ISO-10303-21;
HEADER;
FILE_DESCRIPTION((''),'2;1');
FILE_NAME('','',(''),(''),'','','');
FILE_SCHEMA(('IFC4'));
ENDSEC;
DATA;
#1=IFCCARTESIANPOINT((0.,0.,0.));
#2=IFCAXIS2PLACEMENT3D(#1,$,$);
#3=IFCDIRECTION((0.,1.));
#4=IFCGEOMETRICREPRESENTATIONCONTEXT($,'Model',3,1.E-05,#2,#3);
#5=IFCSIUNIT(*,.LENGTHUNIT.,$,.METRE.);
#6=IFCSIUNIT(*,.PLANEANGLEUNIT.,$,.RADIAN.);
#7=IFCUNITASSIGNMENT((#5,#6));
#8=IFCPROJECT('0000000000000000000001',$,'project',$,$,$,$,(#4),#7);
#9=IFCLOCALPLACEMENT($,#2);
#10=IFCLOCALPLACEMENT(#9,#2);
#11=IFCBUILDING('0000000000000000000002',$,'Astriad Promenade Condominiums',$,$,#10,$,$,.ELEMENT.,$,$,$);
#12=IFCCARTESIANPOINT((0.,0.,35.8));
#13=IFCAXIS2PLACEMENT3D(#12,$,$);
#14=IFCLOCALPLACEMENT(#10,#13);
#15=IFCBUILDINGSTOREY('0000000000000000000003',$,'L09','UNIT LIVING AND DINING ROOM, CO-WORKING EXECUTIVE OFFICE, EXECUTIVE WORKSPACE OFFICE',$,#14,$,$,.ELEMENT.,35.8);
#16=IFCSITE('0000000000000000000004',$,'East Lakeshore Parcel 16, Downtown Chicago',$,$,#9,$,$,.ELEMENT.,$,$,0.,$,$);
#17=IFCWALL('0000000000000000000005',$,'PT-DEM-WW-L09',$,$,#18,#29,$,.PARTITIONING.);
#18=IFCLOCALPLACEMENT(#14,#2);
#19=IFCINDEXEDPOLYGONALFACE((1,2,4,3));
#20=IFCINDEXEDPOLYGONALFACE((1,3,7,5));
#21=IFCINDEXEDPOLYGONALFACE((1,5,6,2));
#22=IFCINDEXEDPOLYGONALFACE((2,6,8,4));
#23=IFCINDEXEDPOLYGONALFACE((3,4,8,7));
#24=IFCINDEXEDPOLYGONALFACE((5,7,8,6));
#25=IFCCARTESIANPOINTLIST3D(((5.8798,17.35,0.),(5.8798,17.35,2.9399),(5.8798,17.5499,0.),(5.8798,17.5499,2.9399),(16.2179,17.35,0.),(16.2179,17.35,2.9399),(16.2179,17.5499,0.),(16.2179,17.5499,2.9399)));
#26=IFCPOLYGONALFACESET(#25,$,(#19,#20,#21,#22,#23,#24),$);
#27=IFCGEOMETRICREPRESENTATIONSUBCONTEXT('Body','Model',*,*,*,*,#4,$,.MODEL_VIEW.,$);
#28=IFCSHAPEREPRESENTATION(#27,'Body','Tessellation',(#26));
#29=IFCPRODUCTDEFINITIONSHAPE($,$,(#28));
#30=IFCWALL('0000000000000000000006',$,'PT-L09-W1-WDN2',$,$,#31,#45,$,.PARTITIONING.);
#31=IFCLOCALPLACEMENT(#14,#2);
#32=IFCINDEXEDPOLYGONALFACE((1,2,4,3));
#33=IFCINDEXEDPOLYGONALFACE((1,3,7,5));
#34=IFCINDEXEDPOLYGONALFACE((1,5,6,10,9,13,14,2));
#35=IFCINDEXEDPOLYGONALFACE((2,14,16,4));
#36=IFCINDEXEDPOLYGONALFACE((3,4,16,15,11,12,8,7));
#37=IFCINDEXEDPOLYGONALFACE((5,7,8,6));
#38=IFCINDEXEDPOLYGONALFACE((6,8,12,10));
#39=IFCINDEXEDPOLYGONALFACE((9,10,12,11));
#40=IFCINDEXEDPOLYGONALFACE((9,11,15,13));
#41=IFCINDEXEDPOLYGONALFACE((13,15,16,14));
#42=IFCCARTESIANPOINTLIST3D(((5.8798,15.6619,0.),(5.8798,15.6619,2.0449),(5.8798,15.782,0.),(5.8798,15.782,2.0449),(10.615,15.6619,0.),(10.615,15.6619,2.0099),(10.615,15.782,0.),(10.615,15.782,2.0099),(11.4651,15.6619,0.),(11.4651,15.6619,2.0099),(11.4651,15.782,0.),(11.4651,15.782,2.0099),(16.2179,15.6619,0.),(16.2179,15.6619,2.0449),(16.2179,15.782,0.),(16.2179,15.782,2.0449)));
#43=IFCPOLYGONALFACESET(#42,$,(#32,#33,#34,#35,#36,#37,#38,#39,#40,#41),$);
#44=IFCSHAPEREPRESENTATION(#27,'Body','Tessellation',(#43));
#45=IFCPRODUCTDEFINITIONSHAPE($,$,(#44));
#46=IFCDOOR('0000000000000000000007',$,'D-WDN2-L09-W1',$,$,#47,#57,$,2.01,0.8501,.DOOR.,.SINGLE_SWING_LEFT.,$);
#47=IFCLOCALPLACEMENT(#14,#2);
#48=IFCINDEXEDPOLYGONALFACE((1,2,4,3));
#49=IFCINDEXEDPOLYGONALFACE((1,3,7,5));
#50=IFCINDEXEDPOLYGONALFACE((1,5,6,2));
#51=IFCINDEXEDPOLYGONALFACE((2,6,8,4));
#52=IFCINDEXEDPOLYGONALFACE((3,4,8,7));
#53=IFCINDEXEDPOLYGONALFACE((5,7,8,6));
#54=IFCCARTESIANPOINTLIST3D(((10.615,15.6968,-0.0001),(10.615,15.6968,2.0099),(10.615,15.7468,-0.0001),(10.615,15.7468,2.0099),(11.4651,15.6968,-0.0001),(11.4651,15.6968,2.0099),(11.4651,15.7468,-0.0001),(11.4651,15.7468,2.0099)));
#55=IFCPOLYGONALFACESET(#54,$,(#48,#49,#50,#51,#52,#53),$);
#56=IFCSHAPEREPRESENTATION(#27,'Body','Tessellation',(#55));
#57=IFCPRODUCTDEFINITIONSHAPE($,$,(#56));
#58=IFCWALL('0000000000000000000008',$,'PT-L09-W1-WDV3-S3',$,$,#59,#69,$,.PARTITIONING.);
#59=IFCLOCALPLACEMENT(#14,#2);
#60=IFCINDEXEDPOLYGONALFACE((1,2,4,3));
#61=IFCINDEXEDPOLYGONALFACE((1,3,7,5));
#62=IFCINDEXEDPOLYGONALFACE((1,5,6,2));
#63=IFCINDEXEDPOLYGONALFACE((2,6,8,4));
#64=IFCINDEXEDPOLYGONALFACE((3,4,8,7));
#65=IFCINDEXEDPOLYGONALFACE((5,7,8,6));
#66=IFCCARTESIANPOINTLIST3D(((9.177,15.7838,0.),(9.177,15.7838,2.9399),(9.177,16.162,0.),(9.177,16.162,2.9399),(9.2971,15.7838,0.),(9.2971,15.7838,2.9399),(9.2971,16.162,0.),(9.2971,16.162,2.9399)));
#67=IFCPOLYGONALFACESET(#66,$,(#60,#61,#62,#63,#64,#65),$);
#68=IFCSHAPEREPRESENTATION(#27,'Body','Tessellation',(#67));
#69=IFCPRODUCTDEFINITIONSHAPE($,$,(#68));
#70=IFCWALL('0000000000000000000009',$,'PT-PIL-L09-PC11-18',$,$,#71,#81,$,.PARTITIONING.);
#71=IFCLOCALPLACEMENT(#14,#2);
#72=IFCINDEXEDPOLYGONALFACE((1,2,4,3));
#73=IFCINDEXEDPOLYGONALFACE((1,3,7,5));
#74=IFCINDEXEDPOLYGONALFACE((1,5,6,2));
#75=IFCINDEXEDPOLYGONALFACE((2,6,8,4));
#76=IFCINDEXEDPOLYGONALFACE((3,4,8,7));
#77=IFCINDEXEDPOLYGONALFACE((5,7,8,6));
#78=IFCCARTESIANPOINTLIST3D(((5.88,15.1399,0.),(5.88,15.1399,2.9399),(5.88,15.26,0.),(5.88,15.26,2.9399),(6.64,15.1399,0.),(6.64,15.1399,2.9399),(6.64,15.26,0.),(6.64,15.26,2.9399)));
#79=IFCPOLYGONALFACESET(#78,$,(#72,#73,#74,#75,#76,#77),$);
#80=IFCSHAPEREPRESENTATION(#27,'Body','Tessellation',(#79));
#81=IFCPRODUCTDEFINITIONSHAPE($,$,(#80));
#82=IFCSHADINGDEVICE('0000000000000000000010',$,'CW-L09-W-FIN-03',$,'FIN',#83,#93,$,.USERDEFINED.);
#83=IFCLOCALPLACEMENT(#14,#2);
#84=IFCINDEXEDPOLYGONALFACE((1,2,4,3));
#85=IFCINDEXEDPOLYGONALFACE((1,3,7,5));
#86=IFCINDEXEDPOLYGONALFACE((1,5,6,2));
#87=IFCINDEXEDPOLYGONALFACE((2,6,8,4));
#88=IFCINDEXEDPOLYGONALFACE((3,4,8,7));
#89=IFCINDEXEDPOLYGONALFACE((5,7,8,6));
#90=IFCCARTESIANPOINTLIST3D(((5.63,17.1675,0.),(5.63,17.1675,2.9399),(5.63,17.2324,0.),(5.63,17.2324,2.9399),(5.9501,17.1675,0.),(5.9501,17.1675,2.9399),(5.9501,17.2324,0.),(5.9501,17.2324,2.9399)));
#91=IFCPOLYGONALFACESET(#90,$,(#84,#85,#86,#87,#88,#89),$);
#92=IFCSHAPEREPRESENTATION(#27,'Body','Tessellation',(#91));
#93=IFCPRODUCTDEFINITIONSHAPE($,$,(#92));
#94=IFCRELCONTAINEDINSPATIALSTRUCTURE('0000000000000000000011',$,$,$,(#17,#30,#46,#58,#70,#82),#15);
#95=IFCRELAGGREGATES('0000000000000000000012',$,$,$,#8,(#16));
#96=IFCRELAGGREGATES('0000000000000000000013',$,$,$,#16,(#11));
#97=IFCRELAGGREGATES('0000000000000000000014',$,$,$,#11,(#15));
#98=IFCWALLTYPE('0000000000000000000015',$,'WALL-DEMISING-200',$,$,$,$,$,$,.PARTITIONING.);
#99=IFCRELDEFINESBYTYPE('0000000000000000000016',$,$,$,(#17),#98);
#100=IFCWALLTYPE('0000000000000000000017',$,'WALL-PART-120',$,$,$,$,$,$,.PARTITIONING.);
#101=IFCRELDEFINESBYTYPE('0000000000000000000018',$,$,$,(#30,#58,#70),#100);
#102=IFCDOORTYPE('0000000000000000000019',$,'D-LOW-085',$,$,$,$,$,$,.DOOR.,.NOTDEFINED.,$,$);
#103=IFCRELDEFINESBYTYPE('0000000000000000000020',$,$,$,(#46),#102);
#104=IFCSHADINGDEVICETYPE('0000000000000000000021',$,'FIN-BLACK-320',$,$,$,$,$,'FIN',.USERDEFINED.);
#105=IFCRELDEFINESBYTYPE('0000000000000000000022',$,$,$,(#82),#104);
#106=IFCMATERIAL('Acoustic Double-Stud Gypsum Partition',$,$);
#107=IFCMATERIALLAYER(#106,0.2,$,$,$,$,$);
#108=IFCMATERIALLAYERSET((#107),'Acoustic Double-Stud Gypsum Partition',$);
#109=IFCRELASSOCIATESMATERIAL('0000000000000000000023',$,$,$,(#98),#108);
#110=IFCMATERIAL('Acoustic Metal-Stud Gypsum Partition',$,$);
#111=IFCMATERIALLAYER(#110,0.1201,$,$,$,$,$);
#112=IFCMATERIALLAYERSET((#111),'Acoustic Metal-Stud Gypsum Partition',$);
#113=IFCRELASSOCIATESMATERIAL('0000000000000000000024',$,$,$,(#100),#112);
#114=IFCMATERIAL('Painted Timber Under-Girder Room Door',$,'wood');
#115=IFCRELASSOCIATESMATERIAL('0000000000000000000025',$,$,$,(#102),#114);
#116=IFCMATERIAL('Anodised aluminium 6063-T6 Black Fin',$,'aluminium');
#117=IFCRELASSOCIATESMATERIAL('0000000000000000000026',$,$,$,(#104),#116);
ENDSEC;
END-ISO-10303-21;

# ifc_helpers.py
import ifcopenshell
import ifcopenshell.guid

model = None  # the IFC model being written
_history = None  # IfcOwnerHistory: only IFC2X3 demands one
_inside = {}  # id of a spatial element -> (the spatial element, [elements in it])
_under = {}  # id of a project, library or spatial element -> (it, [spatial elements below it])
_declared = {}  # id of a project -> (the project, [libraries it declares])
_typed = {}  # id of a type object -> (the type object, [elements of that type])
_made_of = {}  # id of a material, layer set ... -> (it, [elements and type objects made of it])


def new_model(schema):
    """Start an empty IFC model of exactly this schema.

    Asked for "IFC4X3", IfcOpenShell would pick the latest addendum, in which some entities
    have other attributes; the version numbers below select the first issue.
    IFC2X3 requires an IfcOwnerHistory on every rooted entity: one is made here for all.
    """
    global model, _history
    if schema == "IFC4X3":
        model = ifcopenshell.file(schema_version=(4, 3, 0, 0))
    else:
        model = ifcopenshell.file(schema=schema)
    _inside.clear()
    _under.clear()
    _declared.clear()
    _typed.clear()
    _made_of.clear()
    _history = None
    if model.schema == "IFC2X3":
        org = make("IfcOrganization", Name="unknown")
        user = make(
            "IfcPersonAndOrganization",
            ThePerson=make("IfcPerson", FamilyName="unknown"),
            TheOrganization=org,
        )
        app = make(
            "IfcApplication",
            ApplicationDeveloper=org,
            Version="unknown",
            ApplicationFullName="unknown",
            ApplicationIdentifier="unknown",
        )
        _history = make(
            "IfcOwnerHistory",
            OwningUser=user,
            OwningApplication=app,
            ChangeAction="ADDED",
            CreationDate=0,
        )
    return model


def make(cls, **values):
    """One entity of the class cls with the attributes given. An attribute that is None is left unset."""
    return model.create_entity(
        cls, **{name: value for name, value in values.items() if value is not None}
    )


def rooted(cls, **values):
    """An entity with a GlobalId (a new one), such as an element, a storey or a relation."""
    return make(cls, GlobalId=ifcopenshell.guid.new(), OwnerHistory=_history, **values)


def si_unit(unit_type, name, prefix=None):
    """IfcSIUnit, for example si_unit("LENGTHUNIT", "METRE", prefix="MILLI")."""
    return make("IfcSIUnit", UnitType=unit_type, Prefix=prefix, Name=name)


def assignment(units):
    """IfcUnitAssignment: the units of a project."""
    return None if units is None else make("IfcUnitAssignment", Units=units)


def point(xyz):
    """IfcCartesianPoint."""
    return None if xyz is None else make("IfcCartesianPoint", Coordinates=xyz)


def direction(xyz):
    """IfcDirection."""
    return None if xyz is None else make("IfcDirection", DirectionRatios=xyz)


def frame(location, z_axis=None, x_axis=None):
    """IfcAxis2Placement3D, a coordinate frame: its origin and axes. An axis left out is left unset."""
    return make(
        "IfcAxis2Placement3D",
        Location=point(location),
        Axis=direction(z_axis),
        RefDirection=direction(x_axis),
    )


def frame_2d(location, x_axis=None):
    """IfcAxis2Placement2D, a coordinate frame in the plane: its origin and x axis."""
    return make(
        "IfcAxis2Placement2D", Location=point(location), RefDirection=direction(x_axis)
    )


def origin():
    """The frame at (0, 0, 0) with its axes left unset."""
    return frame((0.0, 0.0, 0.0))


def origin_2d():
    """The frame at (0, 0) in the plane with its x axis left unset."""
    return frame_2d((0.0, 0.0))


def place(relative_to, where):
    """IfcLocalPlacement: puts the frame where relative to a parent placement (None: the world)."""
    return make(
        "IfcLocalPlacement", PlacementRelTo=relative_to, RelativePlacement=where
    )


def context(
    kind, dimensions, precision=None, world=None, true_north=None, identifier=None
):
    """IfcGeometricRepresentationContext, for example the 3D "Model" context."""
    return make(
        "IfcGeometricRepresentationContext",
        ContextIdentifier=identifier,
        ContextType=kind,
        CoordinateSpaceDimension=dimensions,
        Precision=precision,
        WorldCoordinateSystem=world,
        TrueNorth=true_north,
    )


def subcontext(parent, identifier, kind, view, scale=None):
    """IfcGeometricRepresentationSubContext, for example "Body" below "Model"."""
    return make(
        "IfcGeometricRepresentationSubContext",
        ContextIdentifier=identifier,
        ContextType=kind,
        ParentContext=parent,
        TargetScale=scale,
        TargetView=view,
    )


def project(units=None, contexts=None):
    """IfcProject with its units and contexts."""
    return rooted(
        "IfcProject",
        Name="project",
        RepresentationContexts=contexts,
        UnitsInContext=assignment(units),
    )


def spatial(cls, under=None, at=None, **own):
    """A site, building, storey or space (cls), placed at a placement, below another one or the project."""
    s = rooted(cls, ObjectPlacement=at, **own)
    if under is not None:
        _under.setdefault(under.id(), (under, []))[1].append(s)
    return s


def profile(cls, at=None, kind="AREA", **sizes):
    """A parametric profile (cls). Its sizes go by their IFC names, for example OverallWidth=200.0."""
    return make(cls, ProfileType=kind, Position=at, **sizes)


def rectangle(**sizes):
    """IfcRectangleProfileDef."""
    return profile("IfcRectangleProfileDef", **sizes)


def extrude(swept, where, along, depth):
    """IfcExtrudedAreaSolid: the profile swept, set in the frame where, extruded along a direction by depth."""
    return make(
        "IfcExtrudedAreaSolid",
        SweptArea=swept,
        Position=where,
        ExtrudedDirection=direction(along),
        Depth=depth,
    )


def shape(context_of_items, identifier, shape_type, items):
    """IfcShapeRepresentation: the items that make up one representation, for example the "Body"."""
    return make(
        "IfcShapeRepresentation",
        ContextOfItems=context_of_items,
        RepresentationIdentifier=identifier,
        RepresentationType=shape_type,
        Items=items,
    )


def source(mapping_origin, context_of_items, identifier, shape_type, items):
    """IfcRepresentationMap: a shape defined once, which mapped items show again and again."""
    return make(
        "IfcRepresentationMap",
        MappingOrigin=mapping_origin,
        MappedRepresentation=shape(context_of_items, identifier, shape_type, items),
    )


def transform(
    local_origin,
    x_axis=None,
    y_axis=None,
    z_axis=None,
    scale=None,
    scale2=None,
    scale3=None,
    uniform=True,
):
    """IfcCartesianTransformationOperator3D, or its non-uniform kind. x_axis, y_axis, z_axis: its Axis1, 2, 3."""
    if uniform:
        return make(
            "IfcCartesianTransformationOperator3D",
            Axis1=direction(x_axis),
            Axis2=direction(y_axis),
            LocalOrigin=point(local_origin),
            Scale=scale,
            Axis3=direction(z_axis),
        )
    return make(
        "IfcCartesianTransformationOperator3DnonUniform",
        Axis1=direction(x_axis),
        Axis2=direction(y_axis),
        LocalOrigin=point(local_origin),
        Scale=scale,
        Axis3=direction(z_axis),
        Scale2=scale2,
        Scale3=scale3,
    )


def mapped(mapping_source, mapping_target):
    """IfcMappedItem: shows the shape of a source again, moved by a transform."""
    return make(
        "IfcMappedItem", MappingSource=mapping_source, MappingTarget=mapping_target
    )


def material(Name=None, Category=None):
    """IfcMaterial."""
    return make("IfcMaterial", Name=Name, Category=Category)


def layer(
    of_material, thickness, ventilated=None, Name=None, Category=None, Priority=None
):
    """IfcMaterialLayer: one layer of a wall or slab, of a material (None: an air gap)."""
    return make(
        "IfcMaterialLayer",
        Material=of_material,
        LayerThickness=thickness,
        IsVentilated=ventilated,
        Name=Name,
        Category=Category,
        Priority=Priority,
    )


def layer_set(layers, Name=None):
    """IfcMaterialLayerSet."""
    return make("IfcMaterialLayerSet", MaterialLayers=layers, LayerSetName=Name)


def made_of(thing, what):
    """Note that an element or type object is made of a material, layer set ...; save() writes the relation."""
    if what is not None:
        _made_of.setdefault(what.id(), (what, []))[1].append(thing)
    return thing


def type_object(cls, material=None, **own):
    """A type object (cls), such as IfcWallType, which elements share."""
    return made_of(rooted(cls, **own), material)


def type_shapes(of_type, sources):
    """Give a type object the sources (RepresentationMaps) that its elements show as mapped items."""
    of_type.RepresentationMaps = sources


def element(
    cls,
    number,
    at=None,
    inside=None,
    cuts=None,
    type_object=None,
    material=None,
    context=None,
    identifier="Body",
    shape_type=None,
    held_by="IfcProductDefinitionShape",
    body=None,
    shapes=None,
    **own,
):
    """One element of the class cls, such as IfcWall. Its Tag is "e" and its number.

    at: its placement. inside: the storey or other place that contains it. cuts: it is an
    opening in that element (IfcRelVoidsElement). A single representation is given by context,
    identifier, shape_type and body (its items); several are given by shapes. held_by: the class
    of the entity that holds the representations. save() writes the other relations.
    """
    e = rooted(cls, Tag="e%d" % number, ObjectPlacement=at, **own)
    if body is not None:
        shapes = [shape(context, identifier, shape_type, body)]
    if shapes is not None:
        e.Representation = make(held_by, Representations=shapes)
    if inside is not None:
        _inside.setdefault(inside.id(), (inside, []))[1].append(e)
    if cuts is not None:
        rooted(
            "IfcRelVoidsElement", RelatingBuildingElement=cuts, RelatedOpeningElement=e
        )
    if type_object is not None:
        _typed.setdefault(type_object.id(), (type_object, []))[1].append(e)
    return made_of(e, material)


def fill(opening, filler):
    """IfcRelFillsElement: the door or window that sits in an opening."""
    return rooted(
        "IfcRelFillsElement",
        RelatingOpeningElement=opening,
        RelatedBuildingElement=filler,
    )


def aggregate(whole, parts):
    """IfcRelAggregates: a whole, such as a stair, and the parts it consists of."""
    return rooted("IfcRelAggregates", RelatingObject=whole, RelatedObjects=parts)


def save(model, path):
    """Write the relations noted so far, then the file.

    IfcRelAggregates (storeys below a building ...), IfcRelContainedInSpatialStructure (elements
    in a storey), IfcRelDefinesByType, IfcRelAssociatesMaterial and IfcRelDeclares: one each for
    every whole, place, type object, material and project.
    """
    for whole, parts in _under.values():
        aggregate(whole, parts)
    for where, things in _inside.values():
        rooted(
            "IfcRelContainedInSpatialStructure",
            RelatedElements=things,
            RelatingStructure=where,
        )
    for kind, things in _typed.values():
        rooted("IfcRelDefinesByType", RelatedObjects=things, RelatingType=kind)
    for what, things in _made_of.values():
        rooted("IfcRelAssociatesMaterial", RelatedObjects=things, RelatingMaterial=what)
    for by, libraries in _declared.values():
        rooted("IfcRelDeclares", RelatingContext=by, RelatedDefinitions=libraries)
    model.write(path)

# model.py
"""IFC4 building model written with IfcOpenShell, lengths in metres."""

from ifc_helpers import new_model, si_unit, direction, frame, frame_2d, origin, origin_2d, place, context, subcontext, project, spatial, rectangle, extrude, source, transform, mapped, material, layer, layer_set, type_object, type_shapes, element, fill, save


model = new_model("IFC4")

# Units and contexts
model_context = context("Model", 3, precision=1e-05, world=origin(), true_north=direction((0.0, 1.0)))
body_context = subcontext(model_context, "Body", "Model", "MODEL_VIEW")
ifc_project = project(units=[si_unit("LENGTHUNIT", "METRE"), si_unit("PLANEANGLEUNIT", "RADIAN")], contexts=[model_context])

# Site, building, storey
site_placement = place(None, origin())
site = spatial("IfcSite", under=ifc_project, at=site_placement, Name="East Lakeshore Parcel 16, Downtown Chicago", CompositionType="ELEMENT", RefElevation=0.0)
building_placement = place(site_placement, origin())
building = spatial("IfcBuilding", under=site, at=building_placement, Name="Astriad Promenade Condominiums", CompositionType="ELEMENT")
storey_placement = place(building_placement, frame((0.0, 0.0, 35.8)))
storey = spatial("IfcBuildingStorey", under=building, at=storey_placement, Name="L09", Description="UNIT LIVING AND DINING ROOM, CO-WORKING EXECUTIVE OFFICE, EXECUTIVE WORKSPACE OFFICE", CompositionType="ELEMENT", Elevation=35.8)

# Wall
ifc_material_1 = material(Name="Acoustic Double-Stud Gypsum Partition")
ifc_layer_1 = layer(ifc_material_1, 0.2)
ifc_layer_set_1 = layer_set([ifc_layer_1], Name="Acoustic Double-Stud Gypsum Partition")
wall_type_1 = type_object("IfcWallType", Name="WALL-DEMISING-200", PredefinedType="PARTITIONING", material=ifc_layer_set_1)
wall_1_placement = place(storey_placement, frame((5.8799, 17.45, 0.0), z_axis=(0.0, 0.0, 1.0), x_axis=(1.0, 0.0, 0.0)))
element("IfcWall", 1, at=wall_1_placement, inside=storey, type_object=wall_type_1, Name="PT-DEM-WW-L09", PredefinedType="PARTITIONING", context=body_context, shape_type="SweptSolid", body=[
    extrude(rectangle(XDim=10.3381, YDim=0.2, at=frame_2d((5.1689, 0.0))), origin(), (0.0, 0.0, 1.0), 2.9399),
])

# Wall, opening, door
ifc_material_2 = material(Name="Acoustic Metal-Stud Gypsum Partition")
ifc_layer_2 = layer(ifc_material_2, 0.1201)
ifc_layer_set_2 = layer_set([ifc_layer_2], Name="Acoustic Metal-Stud Gypsum Partition")
wall_type_2 = type_object("IfcWallType", Name="WALL-PART-120", PredefinedType="PARTITIONING", material=ifc_layer_set_2)
wall_2_placement = place(storey_placement, frame((5.8799, 15.7219, 0.0), z_axis=(0.0, 0.0, 1.0), x_axis=(1.0, 0.0, 0.0)))
wall_2 = element("IfcWall", 2, at=wall_2_placement, inside=storey, type_object=wall_type_2, Name="PT-L09-W1-WDN2", PredefinedType="PARTITIONING", context=body_context, shape_type="SweptSolid", body=[
    extrude(rectangle(XDim=10.3381, YDim=0.1201, at=frame_2d((5.1689, 0.0))), origin(), (0.0, 0.0, 1.0), 2.0449),
])
opening_placement = place(wall_2_placement, frame((4.7351, 0.0, 0.0)))
opening = element("IfcOpeningElement", 3, at=opening_placement, cuts=wall_2, PredefinedType="OPENING", context=body_context, shape_type="SweptSolid", body=[
    extrude(rectangle(XDim=0.8501, YDim=2.01, at=frame_2d((0.425, 1.0049))), frame((0.0, 0.0701, 0.0), z_axis=(0.0, -1.0, 0.0), x_axis=(1.0, 0.0, 0.0)), (0.0, 0.0, 1.0), 0.1401),
])
ifc_material_3 = material(Name="Painted Timber Under-Girder Room Door", Category="wood")
door_type = type_object("IfcDoorType", Name="D-LOW-085", OperationType="NOTDEFINED", PredefinedType="DOOR", material=ifc_material_3)
shared_shape_1 = source(origin(), body_context, "Body", "SweptSolid", [
    extrude(rectangle(XDim=0.8501, YDim=2.01, at=frame_2d((0.425, 1.0049))), frame((0.0, 0.0249, 0.0), z_axis=(0.0, -1.0, 0.0), x_axis=(1.0, 0.0, 0.0)), (0.0, 0.0, 1.0), 0.05),
])
type_shapes(door_type, [shared_shape_1])
door_placement = place(opening_placement, origin())
door = element("IfcDoor", 4, at=door_placement, inside=storey, type_object=door_type, Name="D-WDN2-L09-W1", OperationType="SINGLE_SWING_LEFT", OverallHeight=2.01, OverallWidth=0.8501, PredefinedType="DOOR", context=body_context, shape_type="MappedRepresentation", body=[
    mapped(shared_shape_1, transform((0.0, 0.0, 0.0), scale=1.0)),
])
fill(opening, door)

# Walls
wall_3_placement = place(storey_placement, frame((9.2371, 15.7839, 0.0), z_axis=(0.0, 0.0, 1.0), x_axis=(0.0, 1.0, 0.0)))
element("IfcWall", 5, at=wall_3_placement, inside=storey, type_object=wall_type_2, Name="PT-L09-W1-WDV3-S3", PredefinedType="PARTITIONING", context=body_context, shape_type="SweptSolid", body=[
    extrude(rectangle(XDim=0.3782, YDim=0.1201, at=frame_2d((0.189, 0.0))), origin(), (0.0, 0.0, 1.0), 2.9399),
])
wall_4_placement = place(storey_placement, frame((6.6399, 15.2, 0.0), z_axis=(0.0, 0.0, 1.0), x_axis=(-1.0, 0.0, 0.0)))
element("IfcWall", 6, at=wall_4_placement, inside=storey, type_object=wall_type_2, Name="PT-PIL-L09-PC11-18", PredefinedType="PARTITIONING", context=body_context, shape_type="SweptSolid", body=[
    extrude(rectangle(XDim=0.76, YDim=0.1201, at=frame_2d((0.3799, 0.0))), origin(), (0.0, 0.0, 1.0), 2.9399),
])

# Shading device
ifc_material_4 = material(Name="Anodised aluminium 6063-T6 Black Fin", Category="aluminium")
shading_device_type = type_object("IfcShadingDeviceType", Name="FIN-BLACK-320", ElementType="FIN", PredefinedType="USERDEFINED", material=ifc_material_4)
shared_shape_2 = source(origin(), body_context, "Body", "SweptSolid", [
    extrude(rectangle(XDim=0.0649, YDim=0.3201, at=origin_2d()), origin(), (0.0, 0.0, 1.0), 2.9399),
])
type_shapes(shading_device_type, [shared_shape_2])
shading_device_placement = place(storey_placement, frame((5.79, 17.2, 0.0), z_axis=(0.0, 0.0, 1.0), x_axis=(0.0, 1.0, 0.0)))
element("IfcShadingDevice", 7, at=shading_device_placement, inside=storey, type_object=shading_device_type, Name="CW-L09-W-FIN-03", ObjectType="FIN", PredefinedType="USERDEFINED", context=body_context, shape_type="MappedRepresentation", body=[
    mapped(shared_shape_2, transform((0.0, 0.0, 0.0), scale=1.0)),
])

save(model, "model.ifc")
